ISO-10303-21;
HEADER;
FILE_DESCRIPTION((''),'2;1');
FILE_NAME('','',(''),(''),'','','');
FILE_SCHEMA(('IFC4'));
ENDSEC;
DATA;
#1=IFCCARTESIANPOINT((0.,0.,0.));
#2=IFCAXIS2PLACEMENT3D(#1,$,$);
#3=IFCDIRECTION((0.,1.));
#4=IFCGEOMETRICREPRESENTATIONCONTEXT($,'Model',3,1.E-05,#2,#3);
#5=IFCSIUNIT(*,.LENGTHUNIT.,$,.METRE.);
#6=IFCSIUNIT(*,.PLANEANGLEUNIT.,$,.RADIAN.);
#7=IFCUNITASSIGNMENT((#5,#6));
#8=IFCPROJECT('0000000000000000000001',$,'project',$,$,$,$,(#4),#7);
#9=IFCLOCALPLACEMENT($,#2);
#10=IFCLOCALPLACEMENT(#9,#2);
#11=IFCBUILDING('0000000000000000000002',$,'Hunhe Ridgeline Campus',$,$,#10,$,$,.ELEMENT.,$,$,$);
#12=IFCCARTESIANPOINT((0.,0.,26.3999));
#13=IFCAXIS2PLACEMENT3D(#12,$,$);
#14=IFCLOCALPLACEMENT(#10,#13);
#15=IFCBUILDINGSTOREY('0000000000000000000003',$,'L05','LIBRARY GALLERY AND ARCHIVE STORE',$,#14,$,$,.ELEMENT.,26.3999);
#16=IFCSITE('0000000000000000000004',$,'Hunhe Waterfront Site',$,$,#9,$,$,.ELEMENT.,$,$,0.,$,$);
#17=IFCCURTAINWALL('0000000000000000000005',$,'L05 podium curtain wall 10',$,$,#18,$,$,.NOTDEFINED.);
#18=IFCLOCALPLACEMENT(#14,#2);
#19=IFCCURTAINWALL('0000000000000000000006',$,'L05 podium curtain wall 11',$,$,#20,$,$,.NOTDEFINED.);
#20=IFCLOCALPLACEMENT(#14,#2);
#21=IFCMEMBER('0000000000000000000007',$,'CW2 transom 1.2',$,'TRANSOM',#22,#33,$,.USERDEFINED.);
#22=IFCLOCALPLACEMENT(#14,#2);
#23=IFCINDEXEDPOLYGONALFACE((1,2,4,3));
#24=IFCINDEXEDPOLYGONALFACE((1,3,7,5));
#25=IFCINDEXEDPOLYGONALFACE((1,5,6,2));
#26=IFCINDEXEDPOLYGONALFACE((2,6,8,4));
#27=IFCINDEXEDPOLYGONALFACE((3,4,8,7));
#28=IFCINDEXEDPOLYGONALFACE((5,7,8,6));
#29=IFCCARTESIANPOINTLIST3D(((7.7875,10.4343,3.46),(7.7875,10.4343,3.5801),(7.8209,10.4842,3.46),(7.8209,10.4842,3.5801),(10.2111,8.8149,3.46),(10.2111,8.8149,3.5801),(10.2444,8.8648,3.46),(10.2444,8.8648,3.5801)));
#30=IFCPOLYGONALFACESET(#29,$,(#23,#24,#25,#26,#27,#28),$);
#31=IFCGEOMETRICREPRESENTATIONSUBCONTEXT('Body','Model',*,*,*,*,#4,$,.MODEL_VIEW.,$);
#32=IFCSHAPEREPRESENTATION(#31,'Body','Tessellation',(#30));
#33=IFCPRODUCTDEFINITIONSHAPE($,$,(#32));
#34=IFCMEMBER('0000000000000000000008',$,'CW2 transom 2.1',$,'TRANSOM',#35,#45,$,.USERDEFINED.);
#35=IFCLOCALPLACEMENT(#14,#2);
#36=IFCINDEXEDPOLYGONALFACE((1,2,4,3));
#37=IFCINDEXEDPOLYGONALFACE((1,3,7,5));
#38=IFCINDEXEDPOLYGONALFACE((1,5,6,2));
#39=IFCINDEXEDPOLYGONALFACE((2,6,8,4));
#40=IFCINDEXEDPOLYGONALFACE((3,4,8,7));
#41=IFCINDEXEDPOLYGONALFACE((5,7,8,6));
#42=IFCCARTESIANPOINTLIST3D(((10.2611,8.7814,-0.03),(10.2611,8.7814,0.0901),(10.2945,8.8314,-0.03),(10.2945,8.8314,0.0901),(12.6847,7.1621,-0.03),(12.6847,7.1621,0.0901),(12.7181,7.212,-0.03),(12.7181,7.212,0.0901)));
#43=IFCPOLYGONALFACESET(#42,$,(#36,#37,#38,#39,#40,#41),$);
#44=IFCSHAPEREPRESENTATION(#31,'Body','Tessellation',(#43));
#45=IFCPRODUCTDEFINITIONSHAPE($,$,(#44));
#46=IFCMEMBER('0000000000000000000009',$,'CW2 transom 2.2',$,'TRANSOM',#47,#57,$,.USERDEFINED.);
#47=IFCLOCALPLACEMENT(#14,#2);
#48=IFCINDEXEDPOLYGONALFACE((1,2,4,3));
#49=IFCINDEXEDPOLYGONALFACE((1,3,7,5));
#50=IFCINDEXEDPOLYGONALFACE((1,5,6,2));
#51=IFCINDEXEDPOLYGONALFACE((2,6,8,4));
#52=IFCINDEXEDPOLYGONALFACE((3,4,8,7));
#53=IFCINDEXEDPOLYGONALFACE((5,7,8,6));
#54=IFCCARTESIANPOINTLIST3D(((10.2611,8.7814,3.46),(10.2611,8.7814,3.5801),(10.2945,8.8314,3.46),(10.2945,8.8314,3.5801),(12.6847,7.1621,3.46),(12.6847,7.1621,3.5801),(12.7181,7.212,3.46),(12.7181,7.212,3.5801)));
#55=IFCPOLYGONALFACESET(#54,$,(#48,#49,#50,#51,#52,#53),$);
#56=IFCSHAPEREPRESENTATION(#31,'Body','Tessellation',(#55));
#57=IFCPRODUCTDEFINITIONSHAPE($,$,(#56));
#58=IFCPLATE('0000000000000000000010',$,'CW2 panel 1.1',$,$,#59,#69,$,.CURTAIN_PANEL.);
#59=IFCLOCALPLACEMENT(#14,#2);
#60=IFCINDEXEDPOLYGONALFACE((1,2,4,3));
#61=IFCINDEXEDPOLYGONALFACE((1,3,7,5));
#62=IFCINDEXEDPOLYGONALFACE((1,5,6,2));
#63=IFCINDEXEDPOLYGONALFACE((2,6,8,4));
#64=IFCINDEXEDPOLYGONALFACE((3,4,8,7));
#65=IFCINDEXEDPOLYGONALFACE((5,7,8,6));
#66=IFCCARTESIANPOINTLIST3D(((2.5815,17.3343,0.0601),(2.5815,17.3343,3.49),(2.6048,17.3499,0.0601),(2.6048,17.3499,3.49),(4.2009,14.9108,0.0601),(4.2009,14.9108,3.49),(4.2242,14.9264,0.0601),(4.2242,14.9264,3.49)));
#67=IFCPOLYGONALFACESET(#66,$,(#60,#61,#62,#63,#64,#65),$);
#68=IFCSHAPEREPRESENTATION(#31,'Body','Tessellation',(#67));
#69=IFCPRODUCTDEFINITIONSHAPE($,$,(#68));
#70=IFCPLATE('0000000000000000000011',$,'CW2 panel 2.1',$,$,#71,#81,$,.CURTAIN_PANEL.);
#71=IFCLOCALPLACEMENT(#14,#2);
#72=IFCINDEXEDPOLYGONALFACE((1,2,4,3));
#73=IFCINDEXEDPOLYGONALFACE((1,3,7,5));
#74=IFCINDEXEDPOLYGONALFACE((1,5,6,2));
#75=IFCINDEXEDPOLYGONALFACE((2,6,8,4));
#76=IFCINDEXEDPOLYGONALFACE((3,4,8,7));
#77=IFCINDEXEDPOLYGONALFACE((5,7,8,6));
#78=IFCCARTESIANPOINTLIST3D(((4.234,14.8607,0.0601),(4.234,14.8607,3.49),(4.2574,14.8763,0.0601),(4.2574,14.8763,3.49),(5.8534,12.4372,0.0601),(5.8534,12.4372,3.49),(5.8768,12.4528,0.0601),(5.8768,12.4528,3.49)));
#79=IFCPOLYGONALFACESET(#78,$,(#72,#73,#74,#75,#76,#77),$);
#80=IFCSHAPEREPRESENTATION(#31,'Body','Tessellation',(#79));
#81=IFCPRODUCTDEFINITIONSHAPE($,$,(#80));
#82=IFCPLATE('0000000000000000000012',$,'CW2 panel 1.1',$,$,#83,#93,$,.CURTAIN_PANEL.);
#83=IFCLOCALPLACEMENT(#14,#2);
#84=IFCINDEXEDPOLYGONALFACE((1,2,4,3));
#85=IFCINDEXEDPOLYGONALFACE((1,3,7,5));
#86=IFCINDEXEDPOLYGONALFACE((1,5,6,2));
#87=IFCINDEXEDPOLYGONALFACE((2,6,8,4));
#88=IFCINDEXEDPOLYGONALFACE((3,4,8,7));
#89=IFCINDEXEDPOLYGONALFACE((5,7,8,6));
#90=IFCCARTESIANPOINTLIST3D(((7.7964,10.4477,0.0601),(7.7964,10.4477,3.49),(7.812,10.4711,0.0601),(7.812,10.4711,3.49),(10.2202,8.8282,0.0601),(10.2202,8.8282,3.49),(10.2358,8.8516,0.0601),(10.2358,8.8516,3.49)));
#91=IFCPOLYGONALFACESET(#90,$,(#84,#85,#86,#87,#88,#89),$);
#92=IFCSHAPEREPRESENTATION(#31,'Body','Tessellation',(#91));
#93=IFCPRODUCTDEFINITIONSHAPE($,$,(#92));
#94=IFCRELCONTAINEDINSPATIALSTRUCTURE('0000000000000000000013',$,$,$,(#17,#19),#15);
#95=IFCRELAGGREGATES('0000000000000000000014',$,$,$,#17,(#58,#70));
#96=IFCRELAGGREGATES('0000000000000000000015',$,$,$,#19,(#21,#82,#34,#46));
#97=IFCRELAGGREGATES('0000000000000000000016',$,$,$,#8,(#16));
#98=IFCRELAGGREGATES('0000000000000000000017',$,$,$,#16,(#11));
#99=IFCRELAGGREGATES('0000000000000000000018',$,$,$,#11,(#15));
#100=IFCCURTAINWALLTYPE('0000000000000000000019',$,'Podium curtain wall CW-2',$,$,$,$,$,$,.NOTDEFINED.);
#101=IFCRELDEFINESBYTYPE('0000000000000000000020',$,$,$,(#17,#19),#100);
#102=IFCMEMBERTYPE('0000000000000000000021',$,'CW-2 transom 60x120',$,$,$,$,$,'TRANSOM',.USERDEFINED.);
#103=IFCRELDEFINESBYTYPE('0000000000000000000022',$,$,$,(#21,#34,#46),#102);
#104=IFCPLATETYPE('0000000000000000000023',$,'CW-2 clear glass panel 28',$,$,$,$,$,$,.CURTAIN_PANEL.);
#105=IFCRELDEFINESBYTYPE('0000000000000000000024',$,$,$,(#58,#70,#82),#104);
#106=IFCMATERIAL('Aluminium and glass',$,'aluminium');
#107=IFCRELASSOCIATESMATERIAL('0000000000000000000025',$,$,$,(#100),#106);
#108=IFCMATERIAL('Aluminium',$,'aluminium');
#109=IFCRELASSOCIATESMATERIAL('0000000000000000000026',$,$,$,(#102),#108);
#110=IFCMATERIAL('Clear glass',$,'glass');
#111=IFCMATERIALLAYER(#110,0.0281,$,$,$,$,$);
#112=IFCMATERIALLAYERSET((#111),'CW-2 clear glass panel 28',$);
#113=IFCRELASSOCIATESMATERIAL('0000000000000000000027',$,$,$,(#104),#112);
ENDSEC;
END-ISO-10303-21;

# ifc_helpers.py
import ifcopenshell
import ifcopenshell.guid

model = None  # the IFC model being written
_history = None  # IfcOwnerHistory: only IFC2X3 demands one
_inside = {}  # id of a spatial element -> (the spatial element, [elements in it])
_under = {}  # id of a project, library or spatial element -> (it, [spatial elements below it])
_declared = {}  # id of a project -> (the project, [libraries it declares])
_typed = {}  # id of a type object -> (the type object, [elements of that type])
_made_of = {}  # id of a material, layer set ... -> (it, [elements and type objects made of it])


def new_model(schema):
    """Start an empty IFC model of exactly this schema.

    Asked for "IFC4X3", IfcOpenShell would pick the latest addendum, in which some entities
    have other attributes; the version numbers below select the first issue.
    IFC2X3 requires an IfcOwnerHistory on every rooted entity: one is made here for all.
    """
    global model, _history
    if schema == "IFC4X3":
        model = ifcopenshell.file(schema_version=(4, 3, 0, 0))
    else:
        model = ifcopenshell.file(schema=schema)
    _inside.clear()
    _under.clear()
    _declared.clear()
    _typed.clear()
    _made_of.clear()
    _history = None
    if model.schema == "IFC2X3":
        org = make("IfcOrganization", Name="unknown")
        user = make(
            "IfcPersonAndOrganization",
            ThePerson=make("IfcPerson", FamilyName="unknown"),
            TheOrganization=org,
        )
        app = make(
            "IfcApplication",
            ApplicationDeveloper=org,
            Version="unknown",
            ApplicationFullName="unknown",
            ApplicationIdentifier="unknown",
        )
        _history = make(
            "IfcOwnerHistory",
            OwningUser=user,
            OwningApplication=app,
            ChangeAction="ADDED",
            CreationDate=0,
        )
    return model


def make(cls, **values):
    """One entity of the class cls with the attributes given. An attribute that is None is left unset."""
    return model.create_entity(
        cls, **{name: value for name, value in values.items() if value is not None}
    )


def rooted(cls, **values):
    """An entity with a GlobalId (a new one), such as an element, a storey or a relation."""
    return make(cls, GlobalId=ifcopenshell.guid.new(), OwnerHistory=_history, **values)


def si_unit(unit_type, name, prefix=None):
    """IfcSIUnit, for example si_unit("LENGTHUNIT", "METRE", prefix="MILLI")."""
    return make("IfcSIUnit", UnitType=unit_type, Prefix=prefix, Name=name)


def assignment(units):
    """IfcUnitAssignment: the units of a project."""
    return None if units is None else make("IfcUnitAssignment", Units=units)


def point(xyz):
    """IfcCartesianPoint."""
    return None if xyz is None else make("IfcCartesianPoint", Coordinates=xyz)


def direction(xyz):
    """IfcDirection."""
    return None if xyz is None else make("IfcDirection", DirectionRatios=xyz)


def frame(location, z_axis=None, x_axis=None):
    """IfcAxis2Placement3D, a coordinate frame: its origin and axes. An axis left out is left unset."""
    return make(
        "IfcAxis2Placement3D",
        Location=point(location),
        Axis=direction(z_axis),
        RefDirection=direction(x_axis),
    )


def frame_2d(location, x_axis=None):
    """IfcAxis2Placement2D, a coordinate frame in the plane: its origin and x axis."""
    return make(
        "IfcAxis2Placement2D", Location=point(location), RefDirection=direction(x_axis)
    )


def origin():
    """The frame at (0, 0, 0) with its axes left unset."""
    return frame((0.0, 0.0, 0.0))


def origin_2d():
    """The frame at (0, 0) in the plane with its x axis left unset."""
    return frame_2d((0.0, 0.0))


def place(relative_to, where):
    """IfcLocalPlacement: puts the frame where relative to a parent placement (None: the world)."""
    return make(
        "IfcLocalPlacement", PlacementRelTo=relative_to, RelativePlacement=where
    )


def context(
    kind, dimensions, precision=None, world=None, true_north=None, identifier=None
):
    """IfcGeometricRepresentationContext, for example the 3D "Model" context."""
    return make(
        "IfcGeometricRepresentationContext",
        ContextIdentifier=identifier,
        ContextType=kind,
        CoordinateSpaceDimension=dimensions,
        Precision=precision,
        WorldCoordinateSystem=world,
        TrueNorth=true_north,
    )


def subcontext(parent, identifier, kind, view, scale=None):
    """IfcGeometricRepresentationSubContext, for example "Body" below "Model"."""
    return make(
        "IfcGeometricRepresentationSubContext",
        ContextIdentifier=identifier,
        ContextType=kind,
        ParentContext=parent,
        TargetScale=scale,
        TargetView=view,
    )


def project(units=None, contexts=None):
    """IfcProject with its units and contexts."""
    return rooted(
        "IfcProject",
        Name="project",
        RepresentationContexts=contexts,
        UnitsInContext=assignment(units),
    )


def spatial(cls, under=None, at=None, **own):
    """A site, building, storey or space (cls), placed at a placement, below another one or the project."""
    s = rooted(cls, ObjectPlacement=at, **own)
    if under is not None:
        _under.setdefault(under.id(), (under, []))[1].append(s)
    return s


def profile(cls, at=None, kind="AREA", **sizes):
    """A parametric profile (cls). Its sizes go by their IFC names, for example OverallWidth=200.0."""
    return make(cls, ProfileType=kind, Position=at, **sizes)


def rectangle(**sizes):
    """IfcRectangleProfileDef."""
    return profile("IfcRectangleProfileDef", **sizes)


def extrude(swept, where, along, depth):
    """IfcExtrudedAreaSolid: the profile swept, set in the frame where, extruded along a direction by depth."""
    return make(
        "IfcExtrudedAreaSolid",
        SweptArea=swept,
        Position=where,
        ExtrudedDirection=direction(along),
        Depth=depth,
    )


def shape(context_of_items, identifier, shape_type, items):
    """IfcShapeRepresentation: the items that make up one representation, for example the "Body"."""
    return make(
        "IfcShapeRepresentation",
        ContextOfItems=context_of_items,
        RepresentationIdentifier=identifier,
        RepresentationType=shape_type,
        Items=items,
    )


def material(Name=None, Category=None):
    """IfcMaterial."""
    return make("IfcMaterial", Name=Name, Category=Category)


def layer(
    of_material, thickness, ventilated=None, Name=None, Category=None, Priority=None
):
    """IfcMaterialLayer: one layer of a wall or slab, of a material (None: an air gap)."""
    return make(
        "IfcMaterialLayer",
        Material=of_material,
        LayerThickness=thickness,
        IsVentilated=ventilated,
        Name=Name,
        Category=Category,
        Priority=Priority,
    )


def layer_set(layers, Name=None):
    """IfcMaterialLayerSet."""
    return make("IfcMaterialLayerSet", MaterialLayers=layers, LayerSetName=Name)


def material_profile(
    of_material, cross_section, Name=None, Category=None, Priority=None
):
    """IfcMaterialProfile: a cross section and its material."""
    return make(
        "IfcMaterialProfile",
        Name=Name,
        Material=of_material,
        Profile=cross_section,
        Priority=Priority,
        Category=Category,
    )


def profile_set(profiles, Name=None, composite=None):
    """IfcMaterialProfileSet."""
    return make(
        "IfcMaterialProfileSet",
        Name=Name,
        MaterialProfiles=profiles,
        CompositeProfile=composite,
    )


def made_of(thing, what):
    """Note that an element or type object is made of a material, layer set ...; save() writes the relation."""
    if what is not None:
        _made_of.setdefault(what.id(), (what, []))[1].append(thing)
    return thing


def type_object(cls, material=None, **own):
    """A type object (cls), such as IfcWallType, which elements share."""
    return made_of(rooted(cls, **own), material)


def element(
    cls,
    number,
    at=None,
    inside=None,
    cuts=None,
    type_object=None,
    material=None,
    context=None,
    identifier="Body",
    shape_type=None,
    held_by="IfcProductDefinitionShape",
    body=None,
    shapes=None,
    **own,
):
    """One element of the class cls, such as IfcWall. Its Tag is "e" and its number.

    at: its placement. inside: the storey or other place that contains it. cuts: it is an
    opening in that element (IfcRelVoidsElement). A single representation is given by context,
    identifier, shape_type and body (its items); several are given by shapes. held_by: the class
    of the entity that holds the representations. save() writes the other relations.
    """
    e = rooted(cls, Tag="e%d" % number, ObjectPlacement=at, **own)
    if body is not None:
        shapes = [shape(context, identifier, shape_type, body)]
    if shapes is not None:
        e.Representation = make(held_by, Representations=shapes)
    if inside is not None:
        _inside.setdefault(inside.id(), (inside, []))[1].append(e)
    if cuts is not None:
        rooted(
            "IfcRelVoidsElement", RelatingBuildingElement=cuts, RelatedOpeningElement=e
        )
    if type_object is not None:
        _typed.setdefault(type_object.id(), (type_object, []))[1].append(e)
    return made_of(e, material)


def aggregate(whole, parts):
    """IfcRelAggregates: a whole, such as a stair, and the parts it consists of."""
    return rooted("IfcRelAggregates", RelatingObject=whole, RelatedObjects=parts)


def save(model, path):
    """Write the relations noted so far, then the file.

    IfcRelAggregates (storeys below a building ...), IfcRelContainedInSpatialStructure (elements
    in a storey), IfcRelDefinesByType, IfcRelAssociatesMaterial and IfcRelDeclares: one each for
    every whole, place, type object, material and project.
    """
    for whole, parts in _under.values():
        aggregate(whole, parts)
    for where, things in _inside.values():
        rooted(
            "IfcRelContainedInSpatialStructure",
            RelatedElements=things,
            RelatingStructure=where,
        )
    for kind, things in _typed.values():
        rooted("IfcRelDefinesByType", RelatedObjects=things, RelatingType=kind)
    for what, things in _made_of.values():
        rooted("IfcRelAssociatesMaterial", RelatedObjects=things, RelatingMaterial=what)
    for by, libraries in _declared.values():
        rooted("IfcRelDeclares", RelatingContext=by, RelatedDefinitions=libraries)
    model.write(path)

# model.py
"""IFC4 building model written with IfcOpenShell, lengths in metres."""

from ifc_helpers import new_model, si_unit, direction, frame, origin, origin_2d, place, context, subcontext, project, spatial, rectangle, extrude, material, layer, layer_set, material_profile, profile_set, type_object, element, aggregate, save


model = new_model("IFC4")

# Units and contexts
model_context = context("Model", 3, precision=1e-05, world=origin(), true_north=direction((0.0, 1.0)))
body_context = subcontext(model_context, "Body", "Model", "MODEL_VIEW")
ifc_project = project(units=[si_unit("LENGTHUNIT", "METRE"), si_unit("PLANEANGLEUNIT", "RADIAN")], contexts=[model_context])

# Site, building, storey
site_placement = place(None, origin())
site = spatial("IfcSite", under=ifc_project, at=site_placement, Name="Hunhe Waterfront Site", CompositionType="ELEMENT", RefElevation=0.0)
building_placement = place(site_placement, origin())
building = spatial("IfcBuilding", under=site, at=building_placement, Name="Hunhe Ridgeline Campus", CompositionType="ELEMENT")
storey_placement = place(building_placement, frame((0.0, 0.0, 26.3999)))
storey = spatial("IfcBuildingStorey", under=building, at=storey_placement, Name="L05", Description="LIBRARY GALLERY AND ARCHIVE STORE", CompositionType="ELEMENT", Elevation=26.3999)

# Curtain walls
ifc_material_1 = material(Name="Aluminium and glass", Category="aluminium")
curtain_wall_type = type_object("IfcCurtainWallType", Name="Podium curtain wall CW-2", PredefinedType="NOTDEFINED", material=ifc_material_1)
curtain_wall_1_placement = place(storey_placement, origin())
curtain_wall_1 = element("IfcCurtainWall", 1, at=curtain_wall_1_placement, inside=storey, type_object=curtain_wall_type, Name="L05 podium curtain wall 10", PredefinedType="NOTDEFINED")
ifc_material_2 = material(Name="Aluminium", Category="aluminium")
curtain_wall_2_placement = place(storey_placement, origin())
curtain_wall_2 = element("IfcCurtainWall", 2, at=curtain_wall_2_placement, inside=storey, type_object=curtain_wall_type, Name="L05 podium curtain wall 11", PredefinedType="NOTDEFINED")

# Members
ifc_material_profile_1 = material_profile(ifc_material_2, rectangle(XDim=0.0601, YDim=0.1201, at=origin_2d()))
ifc_profile_set_1 = profile_set([ifc_material_profile_1], Name="Aluminium")
member_type_1 = type_object("IfcMemberType", Name="CW-2 transom 60x120", ElementType="TRANSOM", PredefinedType="USERDEFINED", material=ifc_profile_set_1)
member_1_placement = place(storey_placement, frame((7.8042, 10.4592, 3.52), z_axis=(0.83147, -0.55557, 0.0), x_axis=(0.55557, 0.83147, 0.0)))
member_1 = element("IfcMember", 3, at=member_1_placement, type_object=member_type_1, Name="CW2 transom 1.2", ObjectType="TRANSOM", PredefinedType="USERDEFINED", context=body_context, shape_type="SweptSolid", body=[
    extrude(rectangle(XDim=0.0601, YDim=0.1201, at=origin_2d()), origin(), (0.0, 0.0, 1.0), 2.9148),
])
member_2_placement = place(storey_placement, frame((10.2778, 8.8064, 0.03), z_axis=(0.83147, -0.55557, 0.0), x_axis=(0.55557, 0.83147, 0.0)))
member_2 = element("IfcMember", 4, at=member_2_placement, type_object=member_type_1, Name="CW2 transom 2.1", ObjectType="TRANSOM", PredefinedType="USERDEFINED", context=body_context, shape_type="SweptSolid", body=[
    extrude(rectangle(XDim=0.0601, YDim=0.1201, at=origin_2d()), origin(), (0.0, 0.0, 1.0), 2.9148),
])
member_3_placement = place(storey_placement, frame((10.2778, 8.8064, 3.52), z_axis=(0.83147, -0.55557, 0.0), x_axis=(0.55557, 0.83147, 0.0)))
member_3 = element("IfcMember", 5, at=member_3_placement, type_object=member_type_1, Name="CW2 transom 2.2", ObjectType="TRANSOM", PredefinedType="USERDEFINED", context=body_context, shape_type="SweptSolid", body=[
    extrude(rectangle(XDim=0.0601, YDim=0.1201, at=origin_2d()), origin(), (0.0, 0.0, 1.0), 2.9148),
])

# Plates
ifc_material_3 = material(Name="Clear glass", Category="glass")
ifc_layer = layer(ifc_material_3, 0.0281)
ifc_layer_set = layer_set([ifc_layer], Name="CW-2 clear glass panel 28")
plate_type = type_object("IfcPlateType", Name="CW-2 clear glass panel 28", PredefinedType="CURTAIN_PANEL", material=ifc_layer_set)
plate_1_placement = place(storey_placement, frame((3.4028, 16.1304, 0.0601), z_axis=(0.0, 0.0, 1.0), x_axis=(0.555579, -0.831464, 0.0)))
plate_1 = element("IfcPlate", 6, at=plate_1_placement, type_object=plate_type, Name="CW2 panel 1.1", PredefinedType="CURTAIN_PANEL", context=body_context, shape_type="SweptSolid", body=[
    extrude(rectangle(XDim=2.9148, YDim=0.0281, at=origin_2d()), origin(), (0.0, 0.0, 1.0), 3.4299),
])
plate_2_placement = place(storey_placement, frame((5.0554, 13.6567, 0.0601), z_axis=(0.0, 0.0, 1.0), x_axis=(0.555579, -0.831464, 0.0)))
plate_2 = element("IfcPlate", 7, at=plate_2_placement, type_object=plate_type, Name="CW2 panel 2.1", PredefinedType="CURTAIN_PANEL", context=body_context, shape_type="SweptSolid", body=[
    extrude(rectangle(XDim=2.9148, YDim=0.0281, at=origin_2d()), origin(), (0.0, 0.0, 1.0), 3.4299),
])
aggregate(curtain_wall_1, [plate_1, plate_2])
plate_3_placement = place(storey_placement, frame((9.0161, 9.6497, 0.0601), z_axis=(0.0, 0.0, 1.0), x_axis=(0.831469, -0.555572, 0.0)))
plate_3 = element("IfcPlate", 8, at=plate_3_placement, type_object=plate_type, Name="CW2 panel 1.1", PredefinedType="CURTAIN_PANEL", context=body_context, shape_type="SweptSolid", body=[
    extrude(rectangle(XDim=2.915, YDim=0.0281, at=origin_2d()), origin(), (0.0, 0.0, 1.0), 3.4299),
])
aggregate(curtain_wall_2, [member_1, plate_3, member_2, member_3])

save(model, "model.ifc")
